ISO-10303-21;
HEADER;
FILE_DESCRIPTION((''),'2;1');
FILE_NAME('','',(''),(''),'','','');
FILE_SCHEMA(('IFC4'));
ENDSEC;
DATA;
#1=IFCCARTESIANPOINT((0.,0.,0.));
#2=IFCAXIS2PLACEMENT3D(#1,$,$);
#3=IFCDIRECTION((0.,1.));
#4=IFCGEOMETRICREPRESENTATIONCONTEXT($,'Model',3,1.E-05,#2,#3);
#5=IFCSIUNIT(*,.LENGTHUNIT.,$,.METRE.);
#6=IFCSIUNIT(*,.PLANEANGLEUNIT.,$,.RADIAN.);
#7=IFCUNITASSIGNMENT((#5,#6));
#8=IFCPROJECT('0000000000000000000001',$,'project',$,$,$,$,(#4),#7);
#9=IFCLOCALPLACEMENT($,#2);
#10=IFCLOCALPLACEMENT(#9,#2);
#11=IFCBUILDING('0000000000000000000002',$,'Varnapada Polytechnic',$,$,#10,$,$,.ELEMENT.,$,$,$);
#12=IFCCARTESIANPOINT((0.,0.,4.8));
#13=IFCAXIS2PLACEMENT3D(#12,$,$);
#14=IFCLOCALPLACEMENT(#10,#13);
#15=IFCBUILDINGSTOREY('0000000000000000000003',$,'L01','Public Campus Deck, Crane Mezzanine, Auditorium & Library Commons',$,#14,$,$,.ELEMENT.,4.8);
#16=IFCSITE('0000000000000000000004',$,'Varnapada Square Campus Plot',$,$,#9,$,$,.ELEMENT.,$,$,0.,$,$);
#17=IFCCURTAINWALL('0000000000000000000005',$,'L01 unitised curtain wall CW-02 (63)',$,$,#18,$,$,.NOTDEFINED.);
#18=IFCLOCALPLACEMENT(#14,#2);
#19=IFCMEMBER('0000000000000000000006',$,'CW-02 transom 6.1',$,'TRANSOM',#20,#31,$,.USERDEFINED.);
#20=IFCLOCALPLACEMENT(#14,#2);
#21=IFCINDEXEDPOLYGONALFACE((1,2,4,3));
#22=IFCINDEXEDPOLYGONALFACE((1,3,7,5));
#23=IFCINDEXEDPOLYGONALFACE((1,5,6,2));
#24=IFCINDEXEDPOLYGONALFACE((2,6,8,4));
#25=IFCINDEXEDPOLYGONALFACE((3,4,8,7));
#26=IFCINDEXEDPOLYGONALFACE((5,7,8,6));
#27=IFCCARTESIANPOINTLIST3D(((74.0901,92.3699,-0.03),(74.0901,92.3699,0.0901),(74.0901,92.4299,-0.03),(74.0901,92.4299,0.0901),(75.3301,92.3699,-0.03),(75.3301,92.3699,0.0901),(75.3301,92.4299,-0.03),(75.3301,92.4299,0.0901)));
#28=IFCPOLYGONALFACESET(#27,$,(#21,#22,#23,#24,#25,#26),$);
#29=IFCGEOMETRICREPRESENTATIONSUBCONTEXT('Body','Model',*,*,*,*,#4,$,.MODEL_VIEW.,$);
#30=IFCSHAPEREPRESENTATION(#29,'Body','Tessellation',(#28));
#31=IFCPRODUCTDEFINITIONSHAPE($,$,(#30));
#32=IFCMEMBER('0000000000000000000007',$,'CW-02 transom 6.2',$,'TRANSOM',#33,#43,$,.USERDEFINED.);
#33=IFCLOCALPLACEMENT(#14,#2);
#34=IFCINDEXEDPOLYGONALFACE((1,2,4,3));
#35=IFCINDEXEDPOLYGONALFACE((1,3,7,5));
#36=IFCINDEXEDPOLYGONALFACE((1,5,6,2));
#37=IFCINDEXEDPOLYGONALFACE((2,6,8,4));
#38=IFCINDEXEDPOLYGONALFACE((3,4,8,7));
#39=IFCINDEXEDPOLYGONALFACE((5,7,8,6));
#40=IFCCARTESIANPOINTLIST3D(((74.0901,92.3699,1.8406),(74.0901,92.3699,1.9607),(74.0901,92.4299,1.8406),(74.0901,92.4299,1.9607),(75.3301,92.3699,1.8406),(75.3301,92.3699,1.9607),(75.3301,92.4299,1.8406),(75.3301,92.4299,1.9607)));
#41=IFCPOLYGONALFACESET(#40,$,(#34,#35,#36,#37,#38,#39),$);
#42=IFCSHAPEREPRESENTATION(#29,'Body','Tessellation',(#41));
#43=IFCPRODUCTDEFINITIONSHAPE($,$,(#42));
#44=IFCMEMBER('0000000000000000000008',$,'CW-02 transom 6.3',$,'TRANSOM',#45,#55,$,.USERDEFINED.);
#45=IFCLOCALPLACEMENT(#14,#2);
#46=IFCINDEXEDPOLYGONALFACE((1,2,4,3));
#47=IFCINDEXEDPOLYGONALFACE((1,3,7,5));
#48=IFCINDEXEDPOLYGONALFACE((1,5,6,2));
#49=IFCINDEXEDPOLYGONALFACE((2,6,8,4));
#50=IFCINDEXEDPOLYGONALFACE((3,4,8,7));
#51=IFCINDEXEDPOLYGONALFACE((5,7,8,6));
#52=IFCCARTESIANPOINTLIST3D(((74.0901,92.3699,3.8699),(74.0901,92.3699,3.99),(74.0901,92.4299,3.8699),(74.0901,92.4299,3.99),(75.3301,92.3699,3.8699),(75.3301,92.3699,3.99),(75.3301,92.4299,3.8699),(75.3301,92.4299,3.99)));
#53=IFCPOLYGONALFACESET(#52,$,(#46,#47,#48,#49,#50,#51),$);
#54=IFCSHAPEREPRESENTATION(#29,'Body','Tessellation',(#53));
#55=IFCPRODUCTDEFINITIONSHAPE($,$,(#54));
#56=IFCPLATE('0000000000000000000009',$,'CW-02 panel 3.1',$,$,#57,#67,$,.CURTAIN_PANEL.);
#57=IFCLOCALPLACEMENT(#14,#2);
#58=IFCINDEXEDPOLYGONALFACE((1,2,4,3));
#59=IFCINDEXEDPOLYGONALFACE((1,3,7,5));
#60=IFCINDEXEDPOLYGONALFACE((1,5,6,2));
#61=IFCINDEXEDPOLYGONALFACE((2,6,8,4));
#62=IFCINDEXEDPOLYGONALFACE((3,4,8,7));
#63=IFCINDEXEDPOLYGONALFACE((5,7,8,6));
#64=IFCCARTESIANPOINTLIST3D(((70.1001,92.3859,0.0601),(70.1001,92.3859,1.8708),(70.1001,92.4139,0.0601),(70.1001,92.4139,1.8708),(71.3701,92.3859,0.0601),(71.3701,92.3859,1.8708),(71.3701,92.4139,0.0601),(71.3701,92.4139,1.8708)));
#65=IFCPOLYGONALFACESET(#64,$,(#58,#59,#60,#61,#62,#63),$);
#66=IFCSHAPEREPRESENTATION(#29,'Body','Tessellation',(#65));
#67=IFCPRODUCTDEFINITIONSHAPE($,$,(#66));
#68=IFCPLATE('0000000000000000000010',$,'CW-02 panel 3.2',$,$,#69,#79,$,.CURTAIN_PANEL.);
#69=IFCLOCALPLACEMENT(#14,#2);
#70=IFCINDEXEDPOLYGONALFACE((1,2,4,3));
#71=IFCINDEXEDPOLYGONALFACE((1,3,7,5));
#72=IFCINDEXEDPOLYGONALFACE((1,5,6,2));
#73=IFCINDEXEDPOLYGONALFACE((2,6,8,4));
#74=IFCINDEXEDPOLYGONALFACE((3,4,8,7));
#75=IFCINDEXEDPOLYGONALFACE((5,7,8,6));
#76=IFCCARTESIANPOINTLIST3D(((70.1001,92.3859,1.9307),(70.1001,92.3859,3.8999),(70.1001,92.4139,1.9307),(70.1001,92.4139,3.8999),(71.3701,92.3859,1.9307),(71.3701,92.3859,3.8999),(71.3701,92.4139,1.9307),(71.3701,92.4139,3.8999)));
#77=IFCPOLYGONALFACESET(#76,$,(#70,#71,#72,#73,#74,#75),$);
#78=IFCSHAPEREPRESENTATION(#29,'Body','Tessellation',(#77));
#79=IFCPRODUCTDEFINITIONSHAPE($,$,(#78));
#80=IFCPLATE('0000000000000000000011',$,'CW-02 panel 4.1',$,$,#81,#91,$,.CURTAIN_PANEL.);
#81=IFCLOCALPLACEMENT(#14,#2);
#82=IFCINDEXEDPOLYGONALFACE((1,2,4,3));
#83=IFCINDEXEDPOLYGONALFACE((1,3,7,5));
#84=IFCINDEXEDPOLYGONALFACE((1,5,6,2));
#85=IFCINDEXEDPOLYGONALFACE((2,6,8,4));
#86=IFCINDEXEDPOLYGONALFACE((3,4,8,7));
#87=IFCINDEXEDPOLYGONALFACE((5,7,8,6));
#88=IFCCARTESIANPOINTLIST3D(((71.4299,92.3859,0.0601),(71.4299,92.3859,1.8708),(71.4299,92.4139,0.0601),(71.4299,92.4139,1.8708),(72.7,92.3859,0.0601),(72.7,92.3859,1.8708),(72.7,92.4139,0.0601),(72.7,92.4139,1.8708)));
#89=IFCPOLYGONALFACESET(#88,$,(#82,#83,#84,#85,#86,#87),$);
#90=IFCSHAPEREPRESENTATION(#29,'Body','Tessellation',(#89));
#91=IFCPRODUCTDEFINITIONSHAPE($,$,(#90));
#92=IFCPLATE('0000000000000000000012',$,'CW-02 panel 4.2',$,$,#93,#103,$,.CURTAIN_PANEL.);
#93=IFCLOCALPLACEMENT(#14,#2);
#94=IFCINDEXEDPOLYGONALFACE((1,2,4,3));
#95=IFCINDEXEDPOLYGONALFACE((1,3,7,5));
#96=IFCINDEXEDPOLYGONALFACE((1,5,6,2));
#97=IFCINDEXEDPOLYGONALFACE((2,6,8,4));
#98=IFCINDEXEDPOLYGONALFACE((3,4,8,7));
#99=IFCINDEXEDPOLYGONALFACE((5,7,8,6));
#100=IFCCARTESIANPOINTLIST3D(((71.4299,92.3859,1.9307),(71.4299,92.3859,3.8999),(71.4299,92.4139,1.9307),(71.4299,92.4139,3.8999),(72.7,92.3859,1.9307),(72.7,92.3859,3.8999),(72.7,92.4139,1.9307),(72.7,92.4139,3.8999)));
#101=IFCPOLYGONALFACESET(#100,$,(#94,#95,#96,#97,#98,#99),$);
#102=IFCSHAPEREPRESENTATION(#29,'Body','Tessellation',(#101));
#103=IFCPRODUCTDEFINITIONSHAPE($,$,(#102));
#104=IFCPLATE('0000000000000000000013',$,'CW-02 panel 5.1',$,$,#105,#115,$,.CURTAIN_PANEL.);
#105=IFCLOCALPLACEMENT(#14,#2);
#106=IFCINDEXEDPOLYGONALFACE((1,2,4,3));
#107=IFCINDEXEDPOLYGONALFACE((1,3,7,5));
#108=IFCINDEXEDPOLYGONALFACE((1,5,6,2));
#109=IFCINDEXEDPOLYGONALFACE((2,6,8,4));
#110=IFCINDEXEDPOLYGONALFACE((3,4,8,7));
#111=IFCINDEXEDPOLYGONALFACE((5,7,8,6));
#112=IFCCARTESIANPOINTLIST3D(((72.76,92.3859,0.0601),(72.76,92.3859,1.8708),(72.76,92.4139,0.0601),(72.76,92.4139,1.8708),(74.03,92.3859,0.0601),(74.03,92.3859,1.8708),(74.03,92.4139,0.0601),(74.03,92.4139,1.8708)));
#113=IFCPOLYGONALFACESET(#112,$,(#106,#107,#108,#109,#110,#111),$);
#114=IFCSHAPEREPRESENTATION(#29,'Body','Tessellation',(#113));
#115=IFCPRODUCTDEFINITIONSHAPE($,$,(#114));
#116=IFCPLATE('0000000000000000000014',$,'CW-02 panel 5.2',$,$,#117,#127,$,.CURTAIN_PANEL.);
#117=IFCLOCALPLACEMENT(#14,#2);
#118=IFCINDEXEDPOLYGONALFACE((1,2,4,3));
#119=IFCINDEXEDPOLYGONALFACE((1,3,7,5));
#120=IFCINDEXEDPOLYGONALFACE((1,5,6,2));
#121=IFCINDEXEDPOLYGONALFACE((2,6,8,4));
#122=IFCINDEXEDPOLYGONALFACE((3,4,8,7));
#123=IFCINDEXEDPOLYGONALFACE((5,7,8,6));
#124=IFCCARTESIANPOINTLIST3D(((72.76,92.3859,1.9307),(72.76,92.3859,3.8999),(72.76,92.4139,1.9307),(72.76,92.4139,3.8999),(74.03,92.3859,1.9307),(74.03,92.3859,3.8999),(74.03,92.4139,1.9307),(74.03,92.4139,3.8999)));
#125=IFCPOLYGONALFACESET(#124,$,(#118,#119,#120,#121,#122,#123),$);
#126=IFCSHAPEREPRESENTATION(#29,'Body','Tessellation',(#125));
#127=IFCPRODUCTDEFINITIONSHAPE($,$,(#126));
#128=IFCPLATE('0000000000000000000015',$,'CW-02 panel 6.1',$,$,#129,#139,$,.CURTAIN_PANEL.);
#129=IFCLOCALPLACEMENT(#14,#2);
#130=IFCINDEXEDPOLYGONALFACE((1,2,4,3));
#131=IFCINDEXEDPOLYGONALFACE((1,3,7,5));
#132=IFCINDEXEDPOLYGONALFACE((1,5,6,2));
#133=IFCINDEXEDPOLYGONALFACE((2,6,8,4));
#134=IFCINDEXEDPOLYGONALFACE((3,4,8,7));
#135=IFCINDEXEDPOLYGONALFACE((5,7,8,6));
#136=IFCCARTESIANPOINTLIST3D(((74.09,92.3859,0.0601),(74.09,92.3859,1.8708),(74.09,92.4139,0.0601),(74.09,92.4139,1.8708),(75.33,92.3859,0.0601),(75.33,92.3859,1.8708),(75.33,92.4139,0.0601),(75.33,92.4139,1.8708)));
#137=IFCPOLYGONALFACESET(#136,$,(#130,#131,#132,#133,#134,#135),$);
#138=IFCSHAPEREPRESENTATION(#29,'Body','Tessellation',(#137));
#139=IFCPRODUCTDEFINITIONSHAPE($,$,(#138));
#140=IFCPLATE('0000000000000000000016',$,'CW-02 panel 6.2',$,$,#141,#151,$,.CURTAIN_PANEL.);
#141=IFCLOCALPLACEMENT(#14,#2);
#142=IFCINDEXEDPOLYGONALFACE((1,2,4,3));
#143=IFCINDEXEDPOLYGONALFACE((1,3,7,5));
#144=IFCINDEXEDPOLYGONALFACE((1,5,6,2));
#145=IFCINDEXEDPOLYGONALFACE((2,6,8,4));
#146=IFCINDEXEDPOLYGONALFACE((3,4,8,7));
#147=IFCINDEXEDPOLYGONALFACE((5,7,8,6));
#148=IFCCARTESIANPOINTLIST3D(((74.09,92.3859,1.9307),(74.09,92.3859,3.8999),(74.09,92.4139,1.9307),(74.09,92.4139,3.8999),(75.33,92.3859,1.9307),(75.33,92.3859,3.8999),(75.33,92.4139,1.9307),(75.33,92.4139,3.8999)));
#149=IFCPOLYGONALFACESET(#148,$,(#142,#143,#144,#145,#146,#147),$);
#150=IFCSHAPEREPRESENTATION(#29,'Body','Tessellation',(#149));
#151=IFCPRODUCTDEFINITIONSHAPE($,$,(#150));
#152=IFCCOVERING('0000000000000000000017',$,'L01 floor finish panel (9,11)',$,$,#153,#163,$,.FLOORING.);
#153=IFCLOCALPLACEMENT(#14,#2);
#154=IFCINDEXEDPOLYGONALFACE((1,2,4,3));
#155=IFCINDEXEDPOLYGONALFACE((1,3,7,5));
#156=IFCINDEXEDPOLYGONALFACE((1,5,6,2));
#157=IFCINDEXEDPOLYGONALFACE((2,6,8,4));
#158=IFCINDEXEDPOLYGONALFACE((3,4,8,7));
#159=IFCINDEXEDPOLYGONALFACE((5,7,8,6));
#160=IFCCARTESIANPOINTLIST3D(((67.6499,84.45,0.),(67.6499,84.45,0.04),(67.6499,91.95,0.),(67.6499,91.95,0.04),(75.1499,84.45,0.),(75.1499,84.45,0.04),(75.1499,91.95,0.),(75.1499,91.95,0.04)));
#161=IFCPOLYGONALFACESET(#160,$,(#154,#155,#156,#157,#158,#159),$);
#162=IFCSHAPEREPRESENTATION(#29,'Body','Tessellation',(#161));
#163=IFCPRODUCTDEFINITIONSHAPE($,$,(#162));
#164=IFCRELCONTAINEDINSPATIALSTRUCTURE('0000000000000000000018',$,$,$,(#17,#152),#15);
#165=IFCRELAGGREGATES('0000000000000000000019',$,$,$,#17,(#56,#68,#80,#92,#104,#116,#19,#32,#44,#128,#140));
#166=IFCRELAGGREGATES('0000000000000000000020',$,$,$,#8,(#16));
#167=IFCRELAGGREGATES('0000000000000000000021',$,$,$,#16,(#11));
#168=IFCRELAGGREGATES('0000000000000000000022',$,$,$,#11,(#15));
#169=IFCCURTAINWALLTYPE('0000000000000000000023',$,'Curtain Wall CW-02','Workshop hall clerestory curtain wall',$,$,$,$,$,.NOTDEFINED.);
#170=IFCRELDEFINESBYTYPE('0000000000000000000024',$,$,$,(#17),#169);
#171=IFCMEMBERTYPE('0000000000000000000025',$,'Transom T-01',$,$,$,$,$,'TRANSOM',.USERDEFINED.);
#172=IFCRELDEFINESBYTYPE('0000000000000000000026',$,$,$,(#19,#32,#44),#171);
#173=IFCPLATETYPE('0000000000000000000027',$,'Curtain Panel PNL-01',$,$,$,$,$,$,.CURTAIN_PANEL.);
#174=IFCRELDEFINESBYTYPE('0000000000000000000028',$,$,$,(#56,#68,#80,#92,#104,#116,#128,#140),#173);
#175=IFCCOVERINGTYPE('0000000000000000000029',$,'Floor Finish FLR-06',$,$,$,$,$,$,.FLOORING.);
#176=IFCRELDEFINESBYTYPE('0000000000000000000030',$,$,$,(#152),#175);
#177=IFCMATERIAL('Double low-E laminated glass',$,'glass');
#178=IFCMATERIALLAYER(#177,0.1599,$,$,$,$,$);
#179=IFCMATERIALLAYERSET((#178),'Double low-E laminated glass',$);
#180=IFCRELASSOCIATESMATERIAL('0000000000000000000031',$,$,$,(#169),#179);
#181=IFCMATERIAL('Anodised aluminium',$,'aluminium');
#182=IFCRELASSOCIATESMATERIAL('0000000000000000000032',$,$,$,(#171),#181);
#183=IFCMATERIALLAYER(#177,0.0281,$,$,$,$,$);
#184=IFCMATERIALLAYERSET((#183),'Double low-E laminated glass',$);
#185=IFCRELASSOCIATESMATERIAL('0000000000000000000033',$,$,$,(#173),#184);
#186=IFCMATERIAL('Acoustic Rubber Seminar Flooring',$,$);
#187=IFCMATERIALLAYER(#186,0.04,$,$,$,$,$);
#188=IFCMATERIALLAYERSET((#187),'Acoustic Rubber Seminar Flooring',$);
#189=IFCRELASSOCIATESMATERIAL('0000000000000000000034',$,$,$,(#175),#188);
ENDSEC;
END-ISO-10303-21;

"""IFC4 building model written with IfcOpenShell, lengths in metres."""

from ifc_helpers import new_model, si_unit, direction, frame, origin, origin_2d, place, context, subcontext, project, spatial, rectangle, extrude, material, layer, layer_set, material_profile, profile_set, type_object, element, aggregate, save


model = new_model("IFC4")

# Units and contexts
model_context = context("Model", 3, precision=1e-05, world=origin(), true_north=direction((0.0, 1.0)))
body_context = subcontext(model_context, "Body", "Model", "MODEL_VIEW")
ifc_project = project(units=[si_unit("LENGTHUNIT", "METRE"), si_unit("PLANEANGLEUNIT", "RADIAN")], contexts=[model_context])

# Site, building, storey
site_placement = place(None, origin())
site = spatial("IfcSite", under=ifc_project, at=site_placement, Name="Varnapada Square Campus Plot", CompositionType="ELEMENT", RefElevation=0.0)
building_placement = place(site_placement, origin())
building = spatial("IfcBuilding", under=site, at=building_placement, Name="Varnapada Polytechnic", CompositionType="ELEMENT")
storey_placement = place(building_placement, frame((0.0, 0.0, 4.8)))
storey = spatial("IfcBuildingStorey", under=building, at=storey_placement, Name="L01", Description="Public Campus Deck, Crane Mezzanine, Auditorium & Library Commons", CompositionType="ELEMENT", Elevation=4.8)

# Shared definitions
ifc_material_1 = material(Name="Double low-E laminated glass", Category="glass")
ifc_material_2 = material(Name="Anodised aluminium", Category="aluminium")

# Curtain wall, members, plates
ifc_layer_1 = layer(ifc_material_1, 0.1599)
ifc_layer_set_1 = layer_set([ifc_layer_1], Name="Double low-E laminated glass")
curtain_wall_type_1 = type_object("IfcCurtainWallType", Name="Curtain Wall CW-02", Description="Workshop hall clerestory curtain wall", PredefinedType="NOTDEFINED", material=ifc_layer_set_1)
curtain_wall_1_placement = place(storey_placement, origin())
curtain_wall_1 = element("IfcCurtainWall", 1, at=curtain_wall_1_placement, inside=storey, type_object=curtain_wall_type_1, Name="L01 unitised curtain wall CW-02 (63)", PredefinedType="NOTDEFINED")
ifc_material_profile_1 = material_profile(ifc_material_2, rectangle(XDim=0.0601, YDim=0.1201, at=origin_2d()), Name="ALU T60x120")
ifc_profile_set_1 = profile_set([ifc_material_profile_1], Name="Anodised aluminium")
member_type_1 = type_object("IfcMemberType", Name="Transom T-01", ElementType="TRANSOM", PredefinedType="USERDEFINED", material=ifc_profile_set_1)
member_1_placement = place(storey_placement, frame((74.0901, 92.3999, 0.03), z_axis=(1.0, 0.0, 0.0), x_axis=(0.0, 1.0, 0.0)))
member_1 = element("IfcMember", 2, at=member_1_placement, type_object=member_type_1, Name="CW-02 transom 6.1", ObjectType="TRANSOM", PredefinedType="USERDEFINED", context=body_context, shape_type="SweptSolid", body=[
    extrude(rectangle(XDim=0.0601, YDim=0.1201, at=origin_2d()), origin(), (0.0, 0.0, 1.0), 1.24),
])
member_2_placement = place(storey_placement, frame((74.0901, 92.3999, 1.9006), z_axis=(1.0, 0.0, 0.0), x_axis=(0.0, 1.0, 0.0)))
member_2 = element("IfcMember", 3, at=member_2_placement, type_object=member_type_1, Name="CW-02 transom 6.2", ObjectType="TRANSOM", PredefinedType="USERDEFINED", context=body_context, shape_type="SweptSolid", body=[
    extrude(rectangle(XDim=0.0601, YDim=0.1201, at=origin_2d()), origin(), (0.0, 0.0, 1.0), 1.24),
])
member_3_placement = place(storey_placement, frame((74.0901, 92.3999, 3.9299), z_axis=(1.0, 0.0, 0.0), x_axis=(0.0, 1.0, 0.0)))
member_3 = element("IfcMember", 4, at=member_3_placement, type_object=member_type_1, Name="CW-02 transom 6.3", ObjectType="TRANSOM", PredefinedType="USERDEFINED", context=body_context, shape_type="SweptSolid", body=[
    extrude(rectangle(XDim=0.0601, YDim=0.1201, at=origin_2d()), origin(), (0.0, 0.0, 1.0), 1.24),
])
ifc_layer_2 = layer(ifc_material_1, 0.0281)
ifc_layer_set_2 = layer_set([ifc_layer_2], Name="Double low-E laminated glass")
plate_type = type_object("IfcPlateType", Name="Curtain Panel PNL-01", PredefinedType="CURTAIN_PANEL", material=ifc_layer_set_2)
plate_1_placement = place(storey_placement, frame((70.7351, 92.3999, 0.0601), z_axis=(0.0, 0.0, 1.0), x_axis=(1.0, 0.0, 0.0)))
plate_1 = element("IfcPlate", 5, at=plate_1_placement, type_object=plate_type, Name="CW-02 panel 3.1", PredefinedType="CURTAIN_PANEL", context=body_context, shape_type="SweptSolid", body=[
    extrude(rectangle(XDim=1.27, YDim=0.0281, at=origin_2d()), origin(), (0.0, 0.0, 1.0), 1.8108),
])
plate_2_placement = place(storey_placement, frame((70.7351, 92.3999, 1.9307), z_axis=(0.0, 0.0, 1.0), x_axis=(1.0, 0.0, 0.0)))
plate_2 = element("IfcPlate", 6, at=plate_2_placement, type_object=plate_type, Name="CW-02 panel 3.2", PredefinedType="CURTAIN_PANEL", context=body_context, shape_type="SweptSolid", body=[
    extrude(rectangle(XDim=1.27, YDim=0.0281, at=origin_2d()), origin(), (0.0, 0.0, 1.0), 1.9692),
])
plate_3_placement = place(storey_placement, frame((72.0649, 92.3999, 0.0601), z_axis=(0.0, 0.0, 1.0), x_axis=(1.0, 0.0, 0.0)))
plate_3 = element("IfcPlate", 7, at=plate_3_placement, type_object=plate_type, Name="CW-02 panel 4.1", PredefinedType="CURTAIN_PANEL", context=body_context, shape_type="SweptSolid", body=[
    extrude(rectangle(XDim=1.27, YDim=0.0281, at=origin_2d()), origin(), (0.0, 0.0, 1.0), 1.8108),
])
plate_4_placement = place(storey_placement, frame((72.0649, 92.3999, 1.9307), z_axis=(0.0, 0.0, 1.0), x_axis=(1.0, 0.0, 0.0)))
plate_4 = element("IfcPlate", 8, at=plate_4_placement, type_object=plate_type, Name="CW-02 panel 4.2", PredefinedType="CURTAIN_PANEL", context=body_context, shape_type="SweptSolid", body=[
    extrude(rectangle(XDim=1.27, YDim=0.0281, at=origin_2d()), origin(), (0.0, 0.0, 1.0), 1.9692),
])
plate_5_placement = place(storey_placement, frame((73.395, 92.3999, 0.0601), z_axis=(0.0, 0.0, 1.0), x_axis=(1.0, 0.0, 0.0)))
plate_5 = element("IfcPlate", 9, at=plate_5_placement, type_object=plate_type, Name="CW-02 panel 5.1", PredefinedType="CURTAIN_PANEL", context=body_context, shape_type="SweptSolid", body=[
    extrude(rectangle(XDim=1.27, YDim=0.0281, at=origin_2d()), origin(), (0.0, 0.0, 1.0), 1.8108),
])
plate_6_placement = place(storey_placement, frame((73.395, 92.3999, 1.9307), z_axis=(0.0, 0.0, 1.0), x_axis=(1.0, 0.0, 0.0)))
plate_6 = element("IfcPlate", 10, at=plate_6_placement, type_object=plate_type, Name="CW-02 panel 5.2", PredefinedType="CURTAIN_PANEL", context=body_context, shape_type="SweptSolid", body=[
    extrude(rectangle(XDim=1.27, YDim=0.0281, at=origin_2d()), origin(), (0.0, 0.0, 1.0), 1.9692),
])
plate_7_placement = place(storey_placement, frame((74.71, 92.3999, 0.0601), z_axis=(0.0, 0.0, 1.0), x_axis=(1.0, 0.0, 0.0)))
plate_7 = element("IfcPlate", 11, at=plate_7_placement, type_object=plate_type, Name="CW-02 panel 6.1", PredefinedType="CURTAIN_PANEL", context=body_context, shape_type="SweptSolid", body=[
    extrude(rectangle(XDim=1.24, YDim=0.0281, at=origin_2d()), origin(), (0.0, 0.0, 1.0), 1.8108),
])
plate_8_placement = place(storey_placement, frame((74.71, 92.3999, 1.9307), z_axis=(0.0, 0.0, 1.0), x_axis=(1.0, 0.0, 0.0)))
plate_8 = element("IfcPlate", 12, at=plate_8_placement, type_object=plate_type, Name="CW-02 panel 6.2", PredefinedType="CURTAIN_PANEL", context=body_context, shape_type="SweptSolid", body=[
    extrude(rectangle(XDim=1.24, YDim=0.0281, at=origin_2d()), origin(), (0.0, 0.0, 1.0), 1.9692),
])
aggregate(curtain_wall_1, [plate_1, plate_2, plate_3, plate_4, plate_5, plate_6, member_1, member_2, member_3, plate_7, plate_8])

# Covering
ifc_material_3 = material(Name="Acoustic Rubber Seminar Flooring")
ifc_layer_3 = layer(ifc_material_3, 0.04)
ifc_layer_set_3 = layer_set([ifc_layer_3], Name="Acoustic Rubber Seminar Flooring")
covering_type = type_object("IfcCoveringType", Name="Floor Finish FLR-06", PredefinedType="FLOORING", material=ifc_layer_set_3)
covering_placement = place(storey_placement, frame((71.3999, 88.2, 0.0), z_axis=(0.0, 0.0, 1.0), x_axis=(1.0, 0.0, 0.0)))
element("IfcCovering", 13, at=covering_placement, inside=storey, type_object=covering_type, Name="L01 floor finish panel (9,11)", PredefinedType="FLOORING", context=body_context, shape_type="SweptSolid", body=[
    extrude(rectangle(XDim=7.5, YDim=7.5, at=origin_2d()), origin(), (0.0, 0.0, 1.0), 0.04),
])

save(model, "model.ifc")
